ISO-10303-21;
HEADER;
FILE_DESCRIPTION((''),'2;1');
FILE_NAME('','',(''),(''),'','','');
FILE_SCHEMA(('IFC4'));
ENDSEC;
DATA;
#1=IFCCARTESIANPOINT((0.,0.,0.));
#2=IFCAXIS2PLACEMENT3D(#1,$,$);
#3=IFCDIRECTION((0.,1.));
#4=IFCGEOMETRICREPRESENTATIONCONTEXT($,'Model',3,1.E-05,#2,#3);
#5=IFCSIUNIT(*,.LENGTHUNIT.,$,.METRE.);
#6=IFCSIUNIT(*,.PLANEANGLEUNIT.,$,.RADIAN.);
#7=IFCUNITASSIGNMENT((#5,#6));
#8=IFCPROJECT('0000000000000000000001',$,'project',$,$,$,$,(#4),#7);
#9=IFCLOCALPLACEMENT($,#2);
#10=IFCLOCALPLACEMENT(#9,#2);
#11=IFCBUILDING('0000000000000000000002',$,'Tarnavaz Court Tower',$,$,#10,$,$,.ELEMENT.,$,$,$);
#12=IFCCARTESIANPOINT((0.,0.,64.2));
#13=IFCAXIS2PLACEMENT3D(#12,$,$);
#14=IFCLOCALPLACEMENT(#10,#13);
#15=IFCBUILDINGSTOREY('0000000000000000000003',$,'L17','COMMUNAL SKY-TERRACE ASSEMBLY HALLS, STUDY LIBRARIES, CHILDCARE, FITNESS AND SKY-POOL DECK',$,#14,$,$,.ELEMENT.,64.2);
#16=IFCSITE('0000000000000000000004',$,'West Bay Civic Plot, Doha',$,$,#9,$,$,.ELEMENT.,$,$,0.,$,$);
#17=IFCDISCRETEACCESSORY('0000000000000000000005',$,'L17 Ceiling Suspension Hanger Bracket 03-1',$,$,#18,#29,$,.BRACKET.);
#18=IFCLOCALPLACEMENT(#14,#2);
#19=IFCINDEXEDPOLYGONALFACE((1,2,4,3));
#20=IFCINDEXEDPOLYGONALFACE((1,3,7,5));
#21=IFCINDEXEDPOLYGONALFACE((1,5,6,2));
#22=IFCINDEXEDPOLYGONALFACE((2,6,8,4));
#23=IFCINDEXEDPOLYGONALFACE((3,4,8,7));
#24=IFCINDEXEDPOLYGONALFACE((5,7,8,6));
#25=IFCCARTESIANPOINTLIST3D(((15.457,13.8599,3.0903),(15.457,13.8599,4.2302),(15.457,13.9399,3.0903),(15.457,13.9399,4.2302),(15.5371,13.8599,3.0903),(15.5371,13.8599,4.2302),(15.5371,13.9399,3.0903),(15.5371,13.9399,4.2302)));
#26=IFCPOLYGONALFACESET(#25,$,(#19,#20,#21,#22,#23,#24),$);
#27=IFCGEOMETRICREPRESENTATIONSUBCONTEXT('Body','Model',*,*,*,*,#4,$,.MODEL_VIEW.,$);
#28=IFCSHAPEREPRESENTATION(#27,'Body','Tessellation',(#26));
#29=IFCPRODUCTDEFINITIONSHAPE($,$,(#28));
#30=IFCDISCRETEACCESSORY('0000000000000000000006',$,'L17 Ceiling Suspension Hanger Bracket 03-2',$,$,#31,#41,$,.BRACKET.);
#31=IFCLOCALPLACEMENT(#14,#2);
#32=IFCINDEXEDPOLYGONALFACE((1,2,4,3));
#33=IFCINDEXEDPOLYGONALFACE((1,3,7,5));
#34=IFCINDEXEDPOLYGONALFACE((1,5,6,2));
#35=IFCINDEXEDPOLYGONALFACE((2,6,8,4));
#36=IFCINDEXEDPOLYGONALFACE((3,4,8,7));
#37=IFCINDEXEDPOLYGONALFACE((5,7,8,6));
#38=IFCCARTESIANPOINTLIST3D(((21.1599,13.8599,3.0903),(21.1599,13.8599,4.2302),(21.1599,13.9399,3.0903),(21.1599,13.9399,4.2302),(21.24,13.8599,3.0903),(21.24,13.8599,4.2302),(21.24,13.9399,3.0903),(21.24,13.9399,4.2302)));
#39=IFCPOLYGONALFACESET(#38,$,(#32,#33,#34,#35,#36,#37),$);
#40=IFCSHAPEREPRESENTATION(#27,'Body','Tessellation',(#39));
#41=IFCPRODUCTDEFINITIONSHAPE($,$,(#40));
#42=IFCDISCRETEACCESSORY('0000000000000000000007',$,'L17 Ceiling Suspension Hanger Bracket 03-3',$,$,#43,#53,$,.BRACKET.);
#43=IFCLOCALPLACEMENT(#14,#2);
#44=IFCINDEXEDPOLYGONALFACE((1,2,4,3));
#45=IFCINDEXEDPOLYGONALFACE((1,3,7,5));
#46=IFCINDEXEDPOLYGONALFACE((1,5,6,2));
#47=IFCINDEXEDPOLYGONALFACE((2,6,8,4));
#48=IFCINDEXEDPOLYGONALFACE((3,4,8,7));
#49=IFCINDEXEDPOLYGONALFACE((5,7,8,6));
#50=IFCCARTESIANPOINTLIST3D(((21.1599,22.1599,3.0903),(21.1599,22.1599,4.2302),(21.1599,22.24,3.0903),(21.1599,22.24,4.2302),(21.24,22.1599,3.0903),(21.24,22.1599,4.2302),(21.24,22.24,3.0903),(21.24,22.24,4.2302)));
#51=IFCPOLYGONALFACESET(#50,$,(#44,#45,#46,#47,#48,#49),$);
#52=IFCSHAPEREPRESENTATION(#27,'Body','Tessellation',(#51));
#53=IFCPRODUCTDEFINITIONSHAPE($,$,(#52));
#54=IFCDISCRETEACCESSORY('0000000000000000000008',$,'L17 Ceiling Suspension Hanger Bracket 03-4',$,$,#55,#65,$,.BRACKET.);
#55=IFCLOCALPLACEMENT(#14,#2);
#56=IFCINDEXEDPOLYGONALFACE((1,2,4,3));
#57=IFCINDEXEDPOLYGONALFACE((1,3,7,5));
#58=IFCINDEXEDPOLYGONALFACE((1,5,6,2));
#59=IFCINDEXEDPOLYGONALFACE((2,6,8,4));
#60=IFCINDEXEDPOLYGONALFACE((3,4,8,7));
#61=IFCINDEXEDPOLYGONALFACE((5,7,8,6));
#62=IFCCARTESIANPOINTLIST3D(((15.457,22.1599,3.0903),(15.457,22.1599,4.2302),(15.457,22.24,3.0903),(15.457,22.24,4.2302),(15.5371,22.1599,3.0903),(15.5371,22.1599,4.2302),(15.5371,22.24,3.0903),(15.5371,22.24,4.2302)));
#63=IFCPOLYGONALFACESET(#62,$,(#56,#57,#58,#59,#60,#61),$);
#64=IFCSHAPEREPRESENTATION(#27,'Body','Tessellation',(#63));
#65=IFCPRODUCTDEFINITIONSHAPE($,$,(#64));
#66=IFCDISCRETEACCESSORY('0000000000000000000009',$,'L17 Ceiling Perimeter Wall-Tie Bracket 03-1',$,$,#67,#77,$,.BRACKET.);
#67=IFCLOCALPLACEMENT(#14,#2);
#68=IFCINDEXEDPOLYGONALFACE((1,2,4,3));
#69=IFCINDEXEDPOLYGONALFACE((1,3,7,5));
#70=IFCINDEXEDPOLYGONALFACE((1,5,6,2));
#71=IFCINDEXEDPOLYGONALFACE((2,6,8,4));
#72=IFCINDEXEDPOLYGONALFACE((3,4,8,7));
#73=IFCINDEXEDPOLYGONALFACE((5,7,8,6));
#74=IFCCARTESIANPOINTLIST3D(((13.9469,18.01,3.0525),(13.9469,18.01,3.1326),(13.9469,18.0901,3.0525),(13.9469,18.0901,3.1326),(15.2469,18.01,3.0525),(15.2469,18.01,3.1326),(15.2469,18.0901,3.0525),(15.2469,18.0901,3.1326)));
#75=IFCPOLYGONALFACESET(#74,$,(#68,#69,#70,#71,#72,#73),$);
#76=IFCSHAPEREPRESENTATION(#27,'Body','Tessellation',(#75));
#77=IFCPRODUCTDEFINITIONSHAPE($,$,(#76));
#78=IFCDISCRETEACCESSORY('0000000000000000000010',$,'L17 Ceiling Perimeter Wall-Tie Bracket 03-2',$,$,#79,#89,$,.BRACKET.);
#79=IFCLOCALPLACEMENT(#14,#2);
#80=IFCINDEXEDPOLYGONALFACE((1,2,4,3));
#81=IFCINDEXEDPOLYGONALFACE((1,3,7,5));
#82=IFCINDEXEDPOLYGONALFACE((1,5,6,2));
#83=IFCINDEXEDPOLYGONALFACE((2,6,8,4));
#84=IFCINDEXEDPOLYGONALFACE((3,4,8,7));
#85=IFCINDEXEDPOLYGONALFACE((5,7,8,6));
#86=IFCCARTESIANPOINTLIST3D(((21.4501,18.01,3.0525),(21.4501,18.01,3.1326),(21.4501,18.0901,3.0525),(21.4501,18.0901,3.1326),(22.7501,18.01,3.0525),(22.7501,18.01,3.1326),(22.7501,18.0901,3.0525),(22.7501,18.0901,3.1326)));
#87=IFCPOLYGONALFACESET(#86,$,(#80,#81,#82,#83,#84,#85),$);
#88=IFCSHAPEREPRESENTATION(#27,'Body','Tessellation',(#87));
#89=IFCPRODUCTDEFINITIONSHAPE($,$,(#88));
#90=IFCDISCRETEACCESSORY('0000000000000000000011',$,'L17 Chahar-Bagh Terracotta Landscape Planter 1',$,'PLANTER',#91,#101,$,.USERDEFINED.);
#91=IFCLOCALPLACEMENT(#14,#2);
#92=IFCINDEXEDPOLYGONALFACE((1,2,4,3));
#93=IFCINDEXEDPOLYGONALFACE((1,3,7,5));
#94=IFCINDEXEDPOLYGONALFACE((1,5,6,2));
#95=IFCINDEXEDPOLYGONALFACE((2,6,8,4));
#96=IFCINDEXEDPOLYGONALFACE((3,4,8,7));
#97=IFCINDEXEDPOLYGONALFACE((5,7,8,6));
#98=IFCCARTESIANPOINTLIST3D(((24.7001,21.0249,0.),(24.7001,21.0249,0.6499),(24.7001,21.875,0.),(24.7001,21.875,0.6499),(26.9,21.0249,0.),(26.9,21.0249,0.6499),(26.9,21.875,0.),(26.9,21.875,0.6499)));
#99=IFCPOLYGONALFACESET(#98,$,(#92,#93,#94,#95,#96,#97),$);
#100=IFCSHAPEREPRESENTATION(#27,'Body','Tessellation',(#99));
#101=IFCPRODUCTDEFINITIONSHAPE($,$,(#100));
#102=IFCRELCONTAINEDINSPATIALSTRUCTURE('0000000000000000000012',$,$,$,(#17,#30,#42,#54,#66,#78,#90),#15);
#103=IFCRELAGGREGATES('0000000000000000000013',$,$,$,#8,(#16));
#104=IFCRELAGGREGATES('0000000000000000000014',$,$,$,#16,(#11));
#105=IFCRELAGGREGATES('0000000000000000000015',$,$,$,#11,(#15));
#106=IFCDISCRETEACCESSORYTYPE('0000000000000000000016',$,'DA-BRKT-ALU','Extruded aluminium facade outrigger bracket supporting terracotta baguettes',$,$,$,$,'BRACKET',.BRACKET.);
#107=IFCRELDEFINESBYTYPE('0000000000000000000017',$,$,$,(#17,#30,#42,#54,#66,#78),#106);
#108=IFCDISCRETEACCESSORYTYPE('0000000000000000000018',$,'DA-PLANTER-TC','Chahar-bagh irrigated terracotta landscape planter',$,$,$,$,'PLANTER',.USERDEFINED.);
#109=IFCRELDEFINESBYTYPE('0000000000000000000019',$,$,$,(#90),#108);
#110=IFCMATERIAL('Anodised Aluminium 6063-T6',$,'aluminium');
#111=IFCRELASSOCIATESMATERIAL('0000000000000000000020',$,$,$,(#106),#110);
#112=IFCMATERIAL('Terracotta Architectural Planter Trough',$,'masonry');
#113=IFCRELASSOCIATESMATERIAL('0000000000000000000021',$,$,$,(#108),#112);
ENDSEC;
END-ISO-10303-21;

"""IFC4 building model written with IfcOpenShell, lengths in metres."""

from ifc_helpers import new_model, si_unit, direction, frame, origin, origin_2d, place, context, subcontext, project, spatial, rectangle, extrude, material, type_object, element, save


model = new_model("IFC4")

# Units and contexts
model_context = context("Model", 3, precision=1e-05, world=origin(), true_north=direction((0.0, 1.0)))
body_context = subcontext(model_context, "Body", "Model", "MODEL_VIEW")
ifc_project = project(units=[si_unit("LENGTHUNIT", "METRE"), si_unit("PLANEANGLEUNIT", "RADIAN")], contexts=[model_context])

# Site, building, storey
site_placement = place(None, origin())
site = spatial("IfcSite", under=ifc_project, at=site_placement, Name="West Bay Civic Plot, Doha", CompositionType="ELEMENT", RefElevation=0.0)
building_placement = place(site_placement, origin())
building = spatial("IfcBuilding", under=site, at=building_placement, Name="Tarnavaz Court Tower", CompositionType="ELEMENT")
storey_placement = place(building_placement, frame((0.0, 0.0, 64.2)))
storey = spatial("IfcBuildingStorey", under=building, at=storey_placement, Name="L17", Description="COMMUNAL SKY-TERRACE ASSEMBLY HALLS, STUDY LIBRARIES, CHILDCARE, FITNESS AND SKY-POOL DECK", CompositionType="ELEMENT", Elevation=64.2)

# Shared definitions
ifc_material_1 = material(Name="Anodised Aluminium 6063-T6", Category="aluminium")

# Discrete accessories
discrete_accessory_type_1 = type_object("IfcDiscreteAccessoryType", Name="DA-BRKT-ALU", Description="Extruded aluminium facade outrigger bracket supporting terracotta baguettes", ElementType="BRACKET", PredefinedType="BRACKET", material=ifc_material_1)
for number, where, z_axis, x_axis, name in (
    (1, (15.4971, 13.8999, 3.0903), (0.0, 0.0, 1.0), (1.0, 0.0, 0.0), "L17 Ceiling Suspension Hanger Bracket 03-1"),
    (2, (21.2, 13.8999, 3.0903), (0.0, 0.0, 1.0), (1.0, 0.0, 0.0), "L17 Ceiling Suspension Hanger Bracket 03-2"),
    (3, (21.2, 22.2, 3.0903), (0.0, 0.0, 1.0), (1.0, 0.0, 0.0), "L17 Ceiling Suspension Hanger Bracket 03-3"),
    (4, (15.4971, 22.2, 3.0903), (0.0, 0.0, 1.0), (1.0, 0.0, 0.0), "L17 Ceiling Suspension Hanger Bracket 03-4"),
):
    element("IfcDiscreteAccessory", number, at=place(storey_placement, frame(where, z_axis=z_axis, x_axis=x_axis)), inside=storey, type_object=discrete_accessory_type_1, Name=name, PredefinedType="BRACKET", context=body_context, shape_type="SweptSolid", body=[
        extrude(rectangle(XDim=0.0801, YDim=0.0801, at=origin_2d()), origin(), (0.0, 0.0, 1.0), 1.1399),
    ])
for number, where, z_axis, x_axis, name in (
    (5, (14.5969, 18.05, 3.0525), (0.0, 0.0, 1.0), (1.0, 0.0, 0.0), "L17 Ceiling Perimeter Wall-Tie Bracket 03-1"),
    (6, (22.1001, 18.05, 3.0525), (0.0, 0.0, 1.0), (1.0, 0.0, 0.0), "L17 Ceiling Perimeter Wall-Tie Bracket 03-2"),
):
    element("IfcDiscreteAccessory", number, at=place(storey_placement, frame(where, z_axis=z_axis, x_axis=x_axis)), inside=storey, type_object=discrete_accessory_type_1, Name=name, PredefinedType="BRACKET", context=body_context, shape_type="SweptSolid", body=[
        extrude(rectangle(XDim=1.3, YDim=0.0801, at=origin_2d()), origin(), (0.0, 0.0, 1.0), 0.0801),
    ])
ifc_material_2 = material(Name="Terracotta Architectural Planter Trough", Category="masonry")
discrete_accessory_type_2 = type_object("IfcDiscreteAccessoryType", Name="DA-PLANTER-TC", Description="Chahar-bagh irrigated terracotta landscape planter", ElementType="PLANTER", PredefinedType="USERDEFINED", material=ifc_material_2)
discrete_accessory_placement = place(storey_placement, frame((25.8, 21.45, 0.0), z_axis=(0.0, 0.0, 1.0), x_axis=(1.0, 0.0, 0.0)))
element("IfcDiscreteAccessory", 7, at=discrete_accessory_placement, inside=storey, type_object=discrete_accessory_type_2, Name="L17 Chahar-Bagh Terracotta Landscape Planter 1", ObjectType="PLANTER", PredefinedType="USERDEFINED", context=body_context, shape_type="SweptSolid", body=[
    extrude(rectangle(XDim=2.2, YDim=0.8501, at=origin_2d()), origin(), (0.0, 0.0, 1.0), 0.6499),
])

save(model, "model.ifc")
